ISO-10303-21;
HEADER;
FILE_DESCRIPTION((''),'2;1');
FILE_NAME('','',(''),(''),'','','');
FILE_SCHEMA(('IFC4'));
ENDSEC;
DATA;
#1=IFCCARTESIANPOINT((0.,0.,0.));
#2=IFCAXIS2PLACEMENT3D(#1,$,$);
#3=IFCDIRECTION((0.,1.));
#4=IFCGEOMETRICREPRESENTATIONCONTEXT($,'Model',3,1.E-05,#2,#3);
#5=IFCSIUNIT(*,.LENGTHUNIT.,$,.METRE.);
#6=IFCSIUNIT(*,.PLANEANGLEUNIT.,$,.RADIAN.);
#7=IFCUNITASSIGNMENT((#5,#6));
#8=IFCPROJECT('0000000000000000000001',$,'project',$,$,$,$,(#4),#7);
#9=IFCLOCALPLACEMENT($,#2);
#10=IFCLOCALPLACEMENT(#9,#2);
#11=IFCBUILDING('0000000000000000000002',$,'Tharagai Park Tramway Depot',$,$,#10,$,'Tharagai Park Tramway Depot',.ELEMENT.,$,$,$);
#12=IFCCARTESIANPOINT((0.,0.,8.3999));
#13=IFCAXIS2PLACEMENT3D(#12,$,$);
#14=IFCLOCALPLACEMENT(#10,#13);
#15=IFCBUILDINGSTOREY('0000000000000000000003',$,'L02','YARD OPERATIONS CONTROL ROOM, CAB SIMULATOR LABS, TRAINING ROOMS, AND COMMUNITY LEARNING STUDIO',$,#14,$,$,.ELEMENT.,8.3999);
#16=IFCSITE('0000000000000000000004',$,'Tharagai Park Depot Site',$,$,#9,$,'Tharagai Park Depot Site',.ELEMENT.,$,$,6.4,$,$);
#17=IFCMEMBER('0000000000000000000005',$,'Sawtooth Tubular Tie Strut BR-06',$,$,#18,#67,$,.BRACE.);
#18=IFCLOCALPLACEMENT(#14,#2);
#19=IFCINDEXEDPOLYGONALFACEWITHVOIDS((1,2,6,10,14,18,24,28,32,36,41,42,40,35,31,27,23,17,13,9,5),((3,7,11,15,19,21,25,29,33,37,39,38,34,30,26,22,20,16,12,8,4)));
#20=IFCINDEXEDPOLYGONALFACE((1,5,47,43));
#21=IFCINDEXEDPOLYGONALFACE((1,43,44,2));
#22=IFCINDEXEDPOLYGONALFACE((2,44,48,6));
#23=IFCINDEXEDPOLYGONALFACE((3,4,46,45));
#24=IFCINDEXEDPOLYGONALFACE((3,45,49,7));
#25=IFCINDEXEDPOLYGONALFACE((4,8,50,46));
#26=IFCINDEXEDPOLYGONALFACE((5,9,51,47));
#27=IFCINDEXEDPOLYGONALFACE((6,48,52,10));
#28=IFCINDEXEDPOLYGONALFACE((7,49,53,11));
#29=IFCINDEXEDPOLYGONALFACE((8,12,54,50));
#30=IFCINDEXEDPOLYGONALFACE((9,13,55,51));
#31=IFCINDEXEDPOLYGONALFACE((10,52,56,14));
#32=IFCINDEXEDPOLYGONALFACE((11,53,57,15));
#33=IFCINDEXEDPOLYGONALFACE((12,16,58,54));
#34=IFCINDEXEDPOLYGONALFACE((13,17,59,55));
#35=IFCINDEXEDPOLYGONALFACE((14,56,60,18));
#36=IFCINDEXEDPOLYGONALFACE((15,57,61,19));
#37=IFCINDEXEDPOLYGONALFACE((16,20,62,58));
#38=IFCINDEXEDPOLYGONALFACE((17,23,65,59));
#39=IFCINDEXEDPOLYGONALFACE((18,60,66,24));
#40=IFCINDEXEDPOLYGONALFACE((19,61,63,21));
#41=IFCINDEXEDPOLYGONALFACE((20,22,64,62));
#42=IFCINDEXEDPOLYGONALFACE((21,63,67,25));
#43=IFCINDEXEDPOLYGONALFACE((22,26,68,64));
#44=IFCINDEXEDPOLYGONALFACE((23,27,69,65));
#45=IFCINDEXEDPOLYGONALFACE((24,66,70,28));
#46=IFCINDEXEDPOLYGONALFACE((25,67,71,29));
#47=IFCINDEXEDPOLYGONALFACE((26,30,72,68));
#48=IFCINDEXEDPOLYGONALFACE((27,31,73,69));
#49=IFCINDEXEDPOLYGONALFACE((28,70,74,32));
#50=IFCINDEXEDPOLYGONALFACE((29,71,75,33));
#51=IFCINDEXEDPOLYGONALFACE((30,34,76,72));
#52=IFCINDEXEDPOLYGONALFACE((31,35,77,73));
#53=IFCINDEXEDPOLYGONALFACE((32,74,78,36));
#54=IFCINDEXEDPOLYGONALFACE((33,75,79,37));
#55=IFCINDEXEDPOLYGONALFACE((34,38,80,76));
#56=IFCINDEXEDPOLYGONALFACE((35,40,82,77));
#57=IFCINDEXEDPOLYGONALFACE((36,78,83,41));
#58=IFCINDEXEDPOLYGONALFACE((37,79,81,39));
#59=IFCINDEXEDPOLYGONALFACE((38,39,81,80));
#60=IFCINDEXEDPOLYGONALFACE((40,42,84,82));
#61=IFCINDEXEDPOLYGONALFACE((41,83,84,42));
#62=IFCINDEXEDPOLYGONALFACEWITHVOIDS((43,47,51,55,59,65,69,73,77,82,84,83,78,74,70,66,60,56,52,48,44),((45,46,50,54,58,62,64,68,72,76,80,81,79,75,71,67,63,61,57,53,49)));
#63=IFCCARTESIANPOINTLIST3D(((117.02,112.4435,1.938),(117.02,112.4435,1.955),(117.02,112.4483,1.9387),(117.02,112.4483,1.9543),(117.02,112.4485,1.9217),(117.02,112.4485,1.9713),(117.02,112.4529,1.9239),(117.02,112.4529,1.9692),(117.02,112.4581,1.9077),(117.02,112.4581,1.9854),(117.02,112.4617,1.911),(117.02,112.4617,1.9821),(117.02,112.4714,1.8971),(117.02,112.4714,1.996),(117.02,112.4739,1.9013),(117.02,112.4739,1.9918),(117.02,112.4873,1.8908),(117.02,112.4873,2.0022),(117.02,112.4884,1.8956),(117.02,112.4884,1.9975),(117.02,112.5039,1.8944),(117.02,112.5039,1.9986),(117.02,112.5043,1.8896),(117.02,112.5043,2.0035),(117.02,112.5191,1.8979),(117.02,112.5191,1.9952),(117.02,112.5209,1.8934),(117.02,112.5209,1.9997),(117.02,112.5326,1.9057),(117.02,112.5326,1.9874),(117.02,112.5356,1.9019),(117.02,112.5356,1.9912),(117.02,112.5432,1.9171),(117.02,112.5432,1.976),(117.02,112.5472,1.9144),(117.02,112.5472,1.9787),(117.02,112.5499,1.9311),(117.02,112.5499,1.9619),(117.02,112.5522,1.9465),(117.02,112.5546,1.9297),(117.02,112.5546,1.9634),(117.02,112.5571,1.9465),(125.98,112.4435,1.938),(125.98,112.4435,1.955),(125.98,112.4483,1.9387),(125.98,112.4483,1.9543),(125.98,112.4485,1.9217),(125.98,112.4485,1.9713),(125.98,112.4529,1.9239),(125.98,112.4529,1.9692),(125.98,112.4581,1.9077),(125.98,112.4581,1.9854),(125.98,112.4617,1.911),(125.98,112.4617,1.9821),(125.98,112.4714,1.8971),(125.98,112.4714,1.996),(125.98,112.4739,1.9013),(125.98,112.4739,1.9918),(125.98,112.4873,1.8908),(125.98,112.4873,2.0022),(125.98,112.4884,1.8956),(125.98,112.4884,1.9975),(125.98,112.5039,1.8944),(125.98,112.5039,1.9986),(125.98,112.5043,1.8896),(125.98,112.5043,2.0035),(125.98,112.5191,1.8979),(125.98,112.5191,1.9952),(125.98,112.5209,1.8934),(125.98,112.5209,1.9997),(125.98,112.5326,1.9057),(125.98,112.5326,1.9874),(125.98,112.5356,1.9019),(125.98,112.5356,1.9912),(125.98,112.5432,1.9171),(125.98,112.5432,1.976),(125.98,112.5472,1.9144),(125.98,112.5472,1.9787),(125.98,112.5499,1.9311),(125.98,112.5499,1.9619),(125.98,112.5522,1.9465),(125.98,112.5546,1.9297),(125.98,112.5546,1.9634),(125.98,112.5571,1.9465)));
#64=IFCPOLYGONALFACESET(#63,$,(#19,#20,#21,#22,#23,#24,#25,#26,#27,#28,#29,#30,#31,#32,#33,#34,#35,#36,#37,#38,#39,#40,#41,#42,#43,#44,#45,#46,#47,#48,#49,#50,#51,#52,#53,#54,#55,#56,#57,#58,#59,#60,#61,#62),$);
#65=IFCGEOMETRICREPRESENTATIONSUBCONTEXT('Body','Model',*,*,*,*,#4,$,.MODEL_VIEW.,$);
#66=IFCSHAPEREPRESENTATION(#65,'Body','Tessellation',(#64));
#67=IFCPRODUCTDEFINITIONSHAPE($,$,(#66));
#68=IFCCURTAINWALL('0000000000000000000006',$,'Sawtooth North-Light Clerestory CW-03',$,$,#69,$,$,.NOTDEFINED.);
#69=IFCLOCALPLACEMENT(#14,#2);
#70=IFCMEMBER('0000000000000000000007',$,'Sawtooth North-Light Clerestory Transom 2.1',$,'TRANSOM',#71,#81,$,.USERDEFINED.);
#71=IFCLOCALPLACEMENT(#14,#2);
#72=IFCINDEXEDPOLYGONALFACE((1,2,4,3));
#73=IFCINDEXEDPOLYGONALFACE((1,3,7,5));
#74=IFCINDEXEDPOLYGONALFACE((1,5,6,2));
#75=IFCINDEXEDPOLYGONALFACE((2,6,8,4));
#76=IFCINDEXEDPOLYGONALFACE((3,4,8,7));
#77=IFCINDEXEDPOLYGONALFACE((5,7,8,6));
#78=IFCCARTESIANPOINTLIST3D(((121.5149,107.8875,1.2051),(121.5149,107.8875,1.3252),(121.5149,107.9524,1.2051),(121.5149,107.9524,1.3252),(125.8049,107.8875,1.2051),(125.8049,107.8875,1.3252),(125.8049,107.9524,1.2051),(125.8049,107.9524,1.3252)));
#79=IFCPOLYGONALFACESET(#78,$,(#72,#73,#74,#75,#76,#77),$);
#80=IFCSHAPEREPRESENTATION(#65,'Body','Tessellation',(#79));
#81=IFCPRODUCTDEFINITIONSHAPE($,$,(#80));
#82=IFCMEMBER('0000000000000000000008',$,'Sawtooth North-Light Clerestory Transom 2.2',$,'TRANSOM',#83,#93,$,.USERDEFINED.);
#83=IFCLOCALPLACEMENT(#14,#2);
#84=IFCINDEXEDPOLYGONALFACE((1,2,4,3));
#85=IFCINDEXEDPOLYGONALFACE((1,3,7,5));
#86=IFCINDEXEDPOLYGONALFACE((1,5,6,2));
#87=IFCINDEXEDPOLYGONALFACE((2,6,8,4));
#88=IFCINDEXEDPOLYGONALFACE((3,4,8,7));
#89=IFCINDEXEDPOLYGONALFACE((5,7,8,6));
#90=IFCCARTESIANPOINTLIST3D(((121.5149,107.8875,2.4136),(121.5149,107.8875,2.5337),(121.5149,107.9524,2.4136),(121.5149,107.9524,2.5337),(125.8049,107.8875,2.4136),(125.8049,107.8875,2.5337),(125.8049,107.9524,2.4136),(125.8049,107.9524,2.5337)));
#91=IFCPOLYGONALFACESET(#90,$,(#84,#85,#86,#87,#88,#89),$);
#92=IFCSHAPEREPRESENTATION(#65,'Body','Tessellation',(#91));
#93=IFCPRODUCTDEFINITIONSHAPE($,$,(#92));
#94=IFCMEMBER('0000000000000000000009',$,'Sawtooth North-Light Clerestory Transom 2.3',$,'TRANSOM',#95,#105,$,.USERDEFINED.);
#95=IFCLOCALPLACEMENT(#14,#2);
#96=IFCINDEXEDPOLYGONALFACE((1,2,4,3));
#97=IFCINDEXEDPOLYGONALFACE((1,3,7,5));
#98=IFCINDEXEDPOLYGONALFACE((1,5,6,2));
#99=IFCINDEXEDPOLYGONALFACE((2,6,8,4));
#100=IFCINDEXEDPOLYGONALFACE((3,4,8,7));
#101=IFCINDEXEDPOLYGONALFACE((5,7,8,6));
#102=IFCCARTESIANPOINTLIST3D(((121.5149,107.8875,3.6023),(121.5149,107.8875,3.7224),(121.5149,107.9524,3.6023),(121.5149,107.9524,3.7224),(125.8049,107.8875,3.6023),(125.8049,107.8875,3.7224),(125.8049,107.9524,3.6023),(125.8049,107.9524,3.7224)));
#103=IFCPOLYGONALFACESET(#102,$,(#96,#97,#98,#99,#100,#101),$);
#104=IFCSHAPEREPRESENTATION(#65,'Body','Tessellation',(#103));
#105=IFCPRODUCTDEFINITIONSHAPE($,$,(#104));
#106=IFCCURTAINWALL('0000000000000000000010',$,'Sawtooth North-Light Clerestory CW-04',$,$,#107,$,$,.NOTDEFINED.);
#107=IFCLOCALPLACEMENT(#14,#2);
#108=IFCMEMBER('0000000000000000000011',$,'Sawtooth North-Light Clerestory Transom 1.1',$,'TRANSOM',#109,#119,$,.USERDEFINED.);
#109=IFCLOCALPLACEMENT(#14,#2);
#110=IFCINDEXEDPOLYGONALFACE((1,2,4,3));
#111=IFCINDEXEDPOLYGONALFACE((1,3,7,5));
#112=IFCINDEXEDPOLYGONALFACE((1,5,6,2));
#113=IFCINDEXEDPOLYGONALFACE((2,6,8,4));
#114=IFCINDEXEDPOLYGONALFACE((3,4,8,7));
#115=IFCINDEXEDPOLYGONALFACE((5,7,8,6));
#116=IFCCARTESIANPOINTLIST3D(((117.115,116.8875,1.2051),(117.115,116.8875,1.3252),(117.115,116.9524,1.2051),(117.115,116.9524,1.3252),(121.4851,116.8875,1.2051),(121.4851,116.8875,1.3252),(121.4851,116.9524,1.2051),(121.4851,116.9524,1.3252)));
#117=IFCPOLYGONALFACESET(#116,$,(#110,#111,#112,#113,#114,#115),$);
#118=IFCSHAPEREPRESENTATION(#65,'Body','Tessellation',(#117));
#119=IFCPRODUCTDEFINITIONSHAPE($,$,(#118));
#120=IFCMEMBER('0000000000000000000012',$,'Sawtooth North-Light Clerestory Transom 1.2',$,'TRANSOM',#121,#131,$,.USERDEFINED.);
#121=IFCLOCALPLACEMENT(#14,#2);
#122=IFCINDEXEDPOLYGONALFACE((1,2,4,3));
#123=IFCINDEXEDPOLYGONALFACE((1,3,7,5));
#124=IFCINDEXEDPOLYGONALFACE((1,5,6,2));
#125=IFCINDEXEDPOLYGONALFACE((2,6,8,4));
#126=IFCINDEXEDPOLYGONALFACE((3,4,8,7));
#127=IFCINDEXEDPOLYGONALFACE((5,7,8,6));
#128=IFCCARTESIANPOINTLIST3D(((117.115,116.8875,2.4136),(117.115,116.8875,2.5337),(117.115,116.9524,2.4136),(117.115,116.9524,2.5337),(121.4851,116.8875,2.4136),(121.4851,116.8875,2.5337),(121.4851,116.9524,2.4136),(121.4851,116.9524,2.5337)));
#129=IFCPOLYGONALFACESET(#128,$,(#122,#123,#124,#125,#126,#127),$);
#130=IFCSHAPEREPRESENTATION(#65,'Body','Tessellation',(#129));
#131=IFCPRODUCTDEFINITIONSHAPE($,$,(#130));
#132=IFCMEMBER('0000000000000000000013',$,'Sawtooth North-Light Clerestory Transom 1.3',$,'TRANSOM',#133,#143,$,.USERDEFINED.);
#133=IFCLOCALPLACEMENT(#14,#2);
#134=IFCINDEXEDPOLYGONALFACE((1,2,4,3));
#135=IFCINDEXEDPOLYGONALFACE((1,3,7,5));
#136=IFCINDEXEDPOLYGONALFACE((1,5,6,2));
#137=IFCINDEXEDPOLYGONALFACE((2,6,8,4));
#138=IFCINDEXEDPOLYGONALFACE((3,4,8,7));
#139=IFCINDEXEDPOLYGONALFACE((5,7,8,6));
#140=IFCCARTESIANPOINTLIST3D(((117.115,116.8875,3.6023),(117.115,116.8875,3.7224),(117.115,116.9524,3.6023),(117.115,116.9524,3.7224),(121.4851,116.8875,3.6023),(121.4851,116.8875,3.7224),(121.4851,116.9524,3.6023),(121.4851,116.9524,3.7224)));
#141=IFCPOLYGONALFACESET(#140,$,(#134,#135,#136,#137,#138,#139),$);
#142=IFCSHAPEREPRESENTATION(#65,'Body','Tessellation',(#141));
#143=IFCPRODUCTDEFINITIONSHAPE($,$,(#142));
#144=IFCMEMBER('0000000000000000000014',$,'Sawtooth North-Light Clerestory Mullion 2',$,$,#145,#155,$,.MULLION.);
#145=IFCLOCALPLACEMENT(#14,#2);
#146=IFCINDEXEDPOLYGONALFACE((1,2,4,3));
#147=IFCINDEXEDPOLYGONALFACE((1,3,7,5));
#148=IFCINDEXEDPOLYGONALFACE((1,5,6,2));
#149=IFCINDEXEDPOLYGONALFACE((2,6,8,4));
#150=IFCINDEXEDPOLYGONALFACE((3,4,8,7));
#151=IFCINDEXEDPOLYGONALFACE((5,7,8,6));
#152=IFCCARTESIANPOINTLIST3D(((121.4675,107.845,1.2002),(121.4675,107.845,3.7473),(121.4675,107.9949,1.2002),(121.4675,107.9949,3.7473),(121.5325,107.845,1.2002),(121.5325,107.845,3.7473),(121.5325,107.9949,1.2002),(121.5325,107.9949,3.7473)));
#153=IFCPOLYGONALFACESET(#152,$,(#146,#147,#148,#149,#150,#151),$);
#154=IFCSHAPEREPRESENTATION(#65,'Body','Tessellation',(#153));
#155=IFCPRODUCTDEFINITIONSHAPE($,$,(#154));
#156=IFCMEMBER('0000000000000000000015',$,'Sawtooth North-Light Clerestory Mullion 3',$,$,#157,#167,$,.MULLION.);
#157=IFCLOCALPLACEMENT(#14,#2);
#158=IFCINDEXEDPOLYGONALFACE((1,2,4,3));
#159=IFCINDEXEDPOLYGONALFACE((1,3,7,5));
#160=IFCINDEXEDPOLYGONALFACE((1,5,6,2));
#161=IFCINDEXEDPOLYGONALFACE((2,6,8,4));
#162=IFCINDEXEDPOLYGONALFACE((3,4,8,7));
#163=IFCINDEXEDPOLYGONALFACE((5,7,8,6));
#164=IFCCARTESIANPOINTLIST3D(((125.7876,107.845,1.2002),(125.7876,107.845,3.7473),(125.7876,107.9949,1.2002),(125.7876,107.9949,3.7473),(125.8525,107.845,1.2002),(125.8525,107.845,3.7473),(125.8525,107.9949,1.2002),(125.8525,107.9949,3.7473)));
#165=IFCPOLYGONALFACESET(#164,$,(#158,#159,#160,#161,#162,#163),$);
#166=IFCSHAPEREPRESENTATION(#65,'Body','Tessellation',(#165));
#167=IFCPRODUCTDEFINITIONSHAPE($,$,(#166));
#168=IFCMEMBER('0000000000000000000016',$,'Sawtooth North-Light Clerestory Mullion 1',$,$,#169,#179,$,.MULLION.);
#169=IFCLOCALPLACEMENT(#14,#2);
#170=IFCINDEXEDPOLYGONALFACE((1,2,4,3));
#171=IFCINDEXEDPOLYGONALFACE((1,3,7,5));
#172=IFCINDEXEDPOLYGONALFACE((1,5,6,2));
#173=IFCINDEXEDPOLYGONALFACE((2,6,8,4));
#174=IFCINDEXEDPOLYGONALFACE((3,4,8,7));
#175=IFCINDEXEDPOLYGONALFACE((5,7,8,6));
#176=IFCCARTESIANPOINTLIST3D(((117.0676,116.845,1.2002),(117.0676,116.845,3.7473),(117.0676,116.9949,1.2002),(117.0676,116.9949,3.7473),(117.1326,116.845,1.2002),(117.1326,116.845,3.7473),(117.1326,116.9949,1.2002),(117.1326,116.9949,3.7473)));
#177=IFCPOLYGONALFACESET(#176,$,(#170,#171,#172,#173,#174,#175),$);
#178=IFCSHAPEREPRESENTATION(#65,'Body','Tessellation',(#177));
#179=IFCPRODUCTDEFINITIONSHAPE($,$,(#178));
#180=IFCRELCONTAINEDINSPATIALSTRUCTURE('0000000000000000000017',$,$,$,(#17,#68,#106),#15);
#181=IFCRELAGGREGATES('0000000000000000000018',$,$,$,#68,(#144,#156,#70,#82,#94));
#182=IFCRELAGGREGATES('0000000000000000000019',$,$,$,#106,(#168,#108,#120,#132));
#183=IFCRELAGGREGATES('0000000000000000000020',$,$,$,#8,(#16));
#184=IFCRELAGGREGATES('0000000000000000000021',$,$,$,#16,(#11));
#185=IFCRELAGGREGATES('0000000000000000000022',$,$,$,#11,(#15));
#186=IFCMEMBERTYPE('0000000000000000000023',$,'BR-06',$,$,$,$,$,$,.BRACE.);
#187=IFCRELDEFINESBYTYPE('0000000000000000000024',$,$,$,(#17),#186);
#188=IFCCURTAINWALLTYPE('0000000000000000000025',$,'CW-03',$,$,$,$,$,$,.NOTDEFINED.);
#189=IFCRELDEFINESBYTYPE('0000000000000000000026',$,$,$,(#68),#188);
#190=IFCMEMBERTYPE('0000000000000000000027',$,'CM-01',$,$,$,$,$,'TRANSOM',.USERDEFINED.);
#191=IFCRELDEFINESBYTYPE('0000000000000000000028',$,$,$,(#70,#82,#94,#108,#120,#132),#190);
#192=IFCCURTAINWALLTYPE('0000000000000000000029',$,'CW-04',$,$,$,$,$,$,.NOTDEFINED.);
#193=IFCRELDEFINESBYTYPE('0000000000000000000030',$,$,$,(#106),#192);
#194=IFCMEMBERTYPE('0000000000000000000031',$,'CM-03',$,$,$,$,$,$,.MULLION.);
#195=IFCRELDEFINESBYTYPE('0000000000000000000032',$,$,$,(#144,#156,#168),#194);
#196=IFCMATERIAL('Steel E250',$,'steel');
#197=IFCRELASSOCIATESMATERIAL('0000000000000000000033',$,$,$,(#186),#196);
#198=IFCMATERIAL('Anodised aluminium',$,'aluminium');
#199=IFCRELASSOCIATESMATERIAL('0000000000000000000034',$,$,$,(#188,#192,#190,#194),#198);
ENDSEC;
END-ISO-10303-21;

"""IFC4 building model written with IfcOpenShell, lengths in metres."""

from ifc_helpers import new_model, si_unit, direction, frame, origin, origin_2d, place, context, subcontext, project, spatial, rectangle, hollow_circle, extrude, material, material_profile, profile_set, type_object, element, aggregate, save


model = new_model("IFC4")

# Units and contexts
model_context = context("Model", 3, precision=1e-05, world=origin(), true_north=direction((0.0, 1.0)))
body_context = subcontext(model_context, "Body", "Model", "MODEL_VIEW")
ifc_project = project(units=[si_unit("LENGTHUNIT", "METRE"), si_unit("PLANEANGLEUNIT", "RADIAN")], contexts=[model_context])

# Site, building, storey
site_placement = place(None, origin())
site = spatial("IfcSite", under=ifc_project, at=site_placement, Name="Tharagai Park Depot Site", LongName="Tharagai Park Depot Site", CompositionType="ELEMENT", RefElevation=6.4)
building_placement = place(site_placement, origin())
building = spatial("IfcBuilding", under=site, at=building_placement, Name="Tharagai Park Tramway Depot", LongName="Tharagai Park Tramway Depot", CompositionType="ELEMENT")
storey_placement = place(building_placement, frame((0.0, 0.0, 8.3999)))
storey = spatial("IfcBuildingStorey", under=building, at=storey_placement, Name="L02", Description="YARD OPERATIONS CONTROL ROOM, CAB SIMULATOR LABS, TRAINING ROOMS, AND COMMUNITY LEARNING STUDIO", CompositionType="ELEMENT", Elevation=8.3999)

# Member
ifc_material_1 = material(Name="Steel E250", Category="steel")
ifc_material_profile_1 = material_profile(ifc_material_1, hollow_circle(Radius=0.0571, WallThickness=0.0049, at=origin_2d()), Name="CHS 114.3x5")
ifc_profile_set_1 = profile_set([ifc_material_profile_1], Name="Steel E250")
member_type_1 = type_object("IfcMemberType", Name="BR-06", PredefinedType="BRACE", material=ifc_profile_set_1)
member_1_placement = place(storey_placement, frame((117.02, 112.5, 1.9465), z_axis=(1.0, 0.0, 0.0), x_axis=(0.0, 1.0, 0.0)))
element("IfcMember", 1, at=member_1_placement, inside=storey, type_object=member_type_1, Name="Sawtooth Tubular Tie Strut BR-06", PredefinedType="BRACE", context=body_context, shape_type="SweptSolid", body=[
    extrude(hollow_circle(Radius=0.0571, WallThickness=0.0049, at=origin_2d()), origin(), (0.0, 0.0, 1.0), 8.96),
])

# Curtain walls, members
ifc_material_2 = material(Name="Anodised aluminium", Category="aluminium")
curtain_wall_type_1 = type_object("IfcCurtainWallType", Name="CW-03", PredefinedType="NOTDEFINED", material=ifc_material_2)
curtain_wall_1_placement = place(storey_placement, origin())
curtain_wall_1 = element("IfcCurtainWall", 2, at=curtain_wall_1_placement, inside=storey, type_object=curtain_wall_type_1, Name="Sawtooth North-Light Clerestory CW-03", PredefinedType="NOTDEFINED")
ifc_material_profile_2 = material_profile(ifc_material_2, rectangle(XDim=0.0649, YDim=0.1201, at=origin_2d()), Name="ALU 65x120")
ifc_profile_set_2 = profile_set([ifc_material_profile_2], Name="Anodised aluminium")
member_type_2 = type_object("IfcMemberType", Name="CM-01", ElementType="TRANSOM", PredefinedType="USERDEFINED", material=ifc_profile_set_2)
member_2_placement = place(storey_placement, frame((121.5149, 107.9199, 1.2651), z_axis=(1.0, 0.0, 0.0), x_axis=(0.0, 1.0, 0.0)))
member_2 = element("IfcMember", 3, at=member_2_placement, type_object=member_type_2, Name="Sawtooth North-Light Clerestory Transom 2.1", ObjectType="TRANSOM", PredefinedType="USERDEFINED", context=body_context, shape_type="SweptSolid", body=[
    extrude(rectangle(XDim=0.0649, YDim=0.1201, at=origin_2d()), origin(), (0.0, 0.0, 1.0), 4.29),
])
member_3_placement = place(storey_placement, frame((121.5149, 107.9199, 2.4736), z_axis=(1.0, 0.0, 0.0), x_axis=(0.0, 1.0, 0.0)))
member_3 = element("IfcMember", 4, at=member_3_placement, type_object=member_type_2, Name="Sawtooth North-Light Clerestory Transom 2.2", ObjectType="TRANSOM", PredefinedType="USERDEFINED", context=body_context, shape_type="SweptSolid", body=[
    extrude(rectangle(XDim=0.0649, YDim=0.1201, at=origin_2d()), origin(), (0.0, 0.0, 1.0), 4.29),
])
member_4_placement = place(storey_placement, frame((121.5149, 107.9199, 3.6624), z_axis=(1.0, 0.0, 0.0), x_axis=(0.0, 1.0, 0.0)))
member_4 = element("IfcMember", 5, at=member_4_placement, type_object=member_type_2, Name="Sawtooth North-Light Clerestory Transom 2.3", ObjectType="TRANSOM", PredefinedType="USERDEFINED", context=body_context, shape_type="SweptSolid", body=[
    extrude(rectangle(XDim=0.0649, YDim=0.1201, at=origin_2d()), origin(), (0.0, 0.0, 1.0), 4.29),
])
curtain_wall_type_2 = type_object("IfcCurtainWallType", Name="CW-04", PredefinedType="NOTDEFINED", material=ifc_material_2)
curtain_wall_2_placement = place(storey_placement, origin())
curtain_wall_2 = element("IfcCurtainWall", 6, at=curtain_wall_2_placement, inside=storey, type_object=curtain_wall_type_2, Name="Sawtooth North-Light Clerestory CW-04", PredefinedType="NOTDEFINED")
member_5_placement = place(storey_placement, frame((117.115, 116.9199, 1.2651), z_axis=(1.0, 0.0, 0.0), x_axis=(0.0, 1.0, 0.0)))
member_5 = element("IfcMember", 7, at=member_5_placement, type_object=member_type_2, Name="Sawtooth North-Light Clerestory Transom 1.1", ObjectType="TRANSOM", PredefinedType="USERDEFINED", context=body_context, shape_type="SweptSolid", body=[
    extrude(rectangle(XDim=0.0649, YDim=0.1201, at=origin_2d()), origin(), (0.0, 0.0, 1.0), 4.3701),
])
member_6_placement = place(storey_placement, frame((117.115, 116.9199, 2.4736), z_axis=(1.0, 0.0, 0.0), x_axis=(0.0, 1.0, 0.0)))
member_6 = element("IfcMember", 8, at=member_6_placement, type_object=member_type_2, Name="Sawtooth North-Light Clerestory Transom 1.2", ObjectType="TRANSOM", PredefinedType="USERDEFINED", context=body_context, shape_type="SweptSolid", body=[
    extrude(rectangle(XDim=0.0649, YDim=0.1201, at=origin_2d()), origin(), (0.0, 0.0, 1.0), 4.3701),
])
member_7_placement = place(storey_placement, frame((117.115, 116.9199, 3.6624), z_axis=(1.0, 0.0, 0.0), x_axis=(0.0, 1.0, 0.0)))
member_7 = element("IfcMember", 9, at=member_7_placement, type_object=member_type_2, Name="Sawtooth North-Light Clerestory Transom 1.3", ObjectType="TRANSOM", PredefinedType="USERDEFINED", context=body_context, shape_type="SweptSolid", body=[
    extrude(rectangle(XDim=0.0649, YDim=0.1201, at=origin_2d()), origin(), (0.0, 0.0, 1.0), 4.3701),
])

# Members
ifc_material_profile_3 = material_profile(ifc_material_2, rectangle(XDim=0.0649, YDim=0.1499, at=origin_2d()), Name="ALU 65x150")
ifc_profile_set_3 = profile_set([ifc_material_profile_3], Name="Anodised aluminium")
member_type_3 = type_object("IfcMemberType", Name="CM-03", PredefinedType="MULLION", material=ifc_profile_set_3)
member_8_placement = place(storey_placement, frame((121.5, 107.9199, 1.2002), z_axis=(0.0, 0.0, 1.0), x_axis=(1.0, 0.0, 0.0)))
member_8 = element("IfcMember", 10, at=member_8_placement, type_object=member_type_3, Name="Sawtooth North-Light Clerestory Mullion 2", PredefinedType="MULLION", context=body_context, shape_type="SweptSolid", body=[
    extrude(rectangle(XDim=0.0649, YDim=0.1499, at=origin_2d()), origin(), (0.0, 0.0, 1.0), 2.5471),
])
member_9_placement = place(storey_placement, frame((125.8201, 107.9199, 1.2002), z_axis=(0.0, 0.0, 1.0), x_axis=(1.0, 0.0, 0.0)))
member_9 = element("IfcMember", 11, at=member_9_placement, type_object=member_type_3, Name="Sawtooth North-Light Clerestory Mullion 3", PredefinedType="MULLION", context=body_context, shape_type="SweptSolid", body=[
    extrude(rectangle(XDim=0.0649, YDim=0.1499, at=origin_2d()), origin(), (0.0, 0.0, 1.0), 2.5471),
])
member_10_placement = place(storey_placement, frame((117.1001, 116.9199, 1.2002), z_axis=(0.0, 0.0, 1.0), x_axis=(1.0, 0.0, 0.0)))
member_10 = element("IfcMember", 12, at=member_10_placement, type_object=member_type_3, Name="Sawtooth North-Light Clerestory Mullion 1", PredefinedType="MULLION", context=body_context, shape_type="SweptSolid", body=[
    extrude(rectangle(XDim=0.0649, YDim=0.1499, at=origin_2d()), origin(), (0.0, 0.0, 1.0), 2.5471),
])

aggregate(curtain_wall_1, [member_8, member_9, member_2, member_3, member_4])
aggregate(curtain_wall_2, [member_10, member_5, member_6, member_7])

save(model, "model.ifc")
